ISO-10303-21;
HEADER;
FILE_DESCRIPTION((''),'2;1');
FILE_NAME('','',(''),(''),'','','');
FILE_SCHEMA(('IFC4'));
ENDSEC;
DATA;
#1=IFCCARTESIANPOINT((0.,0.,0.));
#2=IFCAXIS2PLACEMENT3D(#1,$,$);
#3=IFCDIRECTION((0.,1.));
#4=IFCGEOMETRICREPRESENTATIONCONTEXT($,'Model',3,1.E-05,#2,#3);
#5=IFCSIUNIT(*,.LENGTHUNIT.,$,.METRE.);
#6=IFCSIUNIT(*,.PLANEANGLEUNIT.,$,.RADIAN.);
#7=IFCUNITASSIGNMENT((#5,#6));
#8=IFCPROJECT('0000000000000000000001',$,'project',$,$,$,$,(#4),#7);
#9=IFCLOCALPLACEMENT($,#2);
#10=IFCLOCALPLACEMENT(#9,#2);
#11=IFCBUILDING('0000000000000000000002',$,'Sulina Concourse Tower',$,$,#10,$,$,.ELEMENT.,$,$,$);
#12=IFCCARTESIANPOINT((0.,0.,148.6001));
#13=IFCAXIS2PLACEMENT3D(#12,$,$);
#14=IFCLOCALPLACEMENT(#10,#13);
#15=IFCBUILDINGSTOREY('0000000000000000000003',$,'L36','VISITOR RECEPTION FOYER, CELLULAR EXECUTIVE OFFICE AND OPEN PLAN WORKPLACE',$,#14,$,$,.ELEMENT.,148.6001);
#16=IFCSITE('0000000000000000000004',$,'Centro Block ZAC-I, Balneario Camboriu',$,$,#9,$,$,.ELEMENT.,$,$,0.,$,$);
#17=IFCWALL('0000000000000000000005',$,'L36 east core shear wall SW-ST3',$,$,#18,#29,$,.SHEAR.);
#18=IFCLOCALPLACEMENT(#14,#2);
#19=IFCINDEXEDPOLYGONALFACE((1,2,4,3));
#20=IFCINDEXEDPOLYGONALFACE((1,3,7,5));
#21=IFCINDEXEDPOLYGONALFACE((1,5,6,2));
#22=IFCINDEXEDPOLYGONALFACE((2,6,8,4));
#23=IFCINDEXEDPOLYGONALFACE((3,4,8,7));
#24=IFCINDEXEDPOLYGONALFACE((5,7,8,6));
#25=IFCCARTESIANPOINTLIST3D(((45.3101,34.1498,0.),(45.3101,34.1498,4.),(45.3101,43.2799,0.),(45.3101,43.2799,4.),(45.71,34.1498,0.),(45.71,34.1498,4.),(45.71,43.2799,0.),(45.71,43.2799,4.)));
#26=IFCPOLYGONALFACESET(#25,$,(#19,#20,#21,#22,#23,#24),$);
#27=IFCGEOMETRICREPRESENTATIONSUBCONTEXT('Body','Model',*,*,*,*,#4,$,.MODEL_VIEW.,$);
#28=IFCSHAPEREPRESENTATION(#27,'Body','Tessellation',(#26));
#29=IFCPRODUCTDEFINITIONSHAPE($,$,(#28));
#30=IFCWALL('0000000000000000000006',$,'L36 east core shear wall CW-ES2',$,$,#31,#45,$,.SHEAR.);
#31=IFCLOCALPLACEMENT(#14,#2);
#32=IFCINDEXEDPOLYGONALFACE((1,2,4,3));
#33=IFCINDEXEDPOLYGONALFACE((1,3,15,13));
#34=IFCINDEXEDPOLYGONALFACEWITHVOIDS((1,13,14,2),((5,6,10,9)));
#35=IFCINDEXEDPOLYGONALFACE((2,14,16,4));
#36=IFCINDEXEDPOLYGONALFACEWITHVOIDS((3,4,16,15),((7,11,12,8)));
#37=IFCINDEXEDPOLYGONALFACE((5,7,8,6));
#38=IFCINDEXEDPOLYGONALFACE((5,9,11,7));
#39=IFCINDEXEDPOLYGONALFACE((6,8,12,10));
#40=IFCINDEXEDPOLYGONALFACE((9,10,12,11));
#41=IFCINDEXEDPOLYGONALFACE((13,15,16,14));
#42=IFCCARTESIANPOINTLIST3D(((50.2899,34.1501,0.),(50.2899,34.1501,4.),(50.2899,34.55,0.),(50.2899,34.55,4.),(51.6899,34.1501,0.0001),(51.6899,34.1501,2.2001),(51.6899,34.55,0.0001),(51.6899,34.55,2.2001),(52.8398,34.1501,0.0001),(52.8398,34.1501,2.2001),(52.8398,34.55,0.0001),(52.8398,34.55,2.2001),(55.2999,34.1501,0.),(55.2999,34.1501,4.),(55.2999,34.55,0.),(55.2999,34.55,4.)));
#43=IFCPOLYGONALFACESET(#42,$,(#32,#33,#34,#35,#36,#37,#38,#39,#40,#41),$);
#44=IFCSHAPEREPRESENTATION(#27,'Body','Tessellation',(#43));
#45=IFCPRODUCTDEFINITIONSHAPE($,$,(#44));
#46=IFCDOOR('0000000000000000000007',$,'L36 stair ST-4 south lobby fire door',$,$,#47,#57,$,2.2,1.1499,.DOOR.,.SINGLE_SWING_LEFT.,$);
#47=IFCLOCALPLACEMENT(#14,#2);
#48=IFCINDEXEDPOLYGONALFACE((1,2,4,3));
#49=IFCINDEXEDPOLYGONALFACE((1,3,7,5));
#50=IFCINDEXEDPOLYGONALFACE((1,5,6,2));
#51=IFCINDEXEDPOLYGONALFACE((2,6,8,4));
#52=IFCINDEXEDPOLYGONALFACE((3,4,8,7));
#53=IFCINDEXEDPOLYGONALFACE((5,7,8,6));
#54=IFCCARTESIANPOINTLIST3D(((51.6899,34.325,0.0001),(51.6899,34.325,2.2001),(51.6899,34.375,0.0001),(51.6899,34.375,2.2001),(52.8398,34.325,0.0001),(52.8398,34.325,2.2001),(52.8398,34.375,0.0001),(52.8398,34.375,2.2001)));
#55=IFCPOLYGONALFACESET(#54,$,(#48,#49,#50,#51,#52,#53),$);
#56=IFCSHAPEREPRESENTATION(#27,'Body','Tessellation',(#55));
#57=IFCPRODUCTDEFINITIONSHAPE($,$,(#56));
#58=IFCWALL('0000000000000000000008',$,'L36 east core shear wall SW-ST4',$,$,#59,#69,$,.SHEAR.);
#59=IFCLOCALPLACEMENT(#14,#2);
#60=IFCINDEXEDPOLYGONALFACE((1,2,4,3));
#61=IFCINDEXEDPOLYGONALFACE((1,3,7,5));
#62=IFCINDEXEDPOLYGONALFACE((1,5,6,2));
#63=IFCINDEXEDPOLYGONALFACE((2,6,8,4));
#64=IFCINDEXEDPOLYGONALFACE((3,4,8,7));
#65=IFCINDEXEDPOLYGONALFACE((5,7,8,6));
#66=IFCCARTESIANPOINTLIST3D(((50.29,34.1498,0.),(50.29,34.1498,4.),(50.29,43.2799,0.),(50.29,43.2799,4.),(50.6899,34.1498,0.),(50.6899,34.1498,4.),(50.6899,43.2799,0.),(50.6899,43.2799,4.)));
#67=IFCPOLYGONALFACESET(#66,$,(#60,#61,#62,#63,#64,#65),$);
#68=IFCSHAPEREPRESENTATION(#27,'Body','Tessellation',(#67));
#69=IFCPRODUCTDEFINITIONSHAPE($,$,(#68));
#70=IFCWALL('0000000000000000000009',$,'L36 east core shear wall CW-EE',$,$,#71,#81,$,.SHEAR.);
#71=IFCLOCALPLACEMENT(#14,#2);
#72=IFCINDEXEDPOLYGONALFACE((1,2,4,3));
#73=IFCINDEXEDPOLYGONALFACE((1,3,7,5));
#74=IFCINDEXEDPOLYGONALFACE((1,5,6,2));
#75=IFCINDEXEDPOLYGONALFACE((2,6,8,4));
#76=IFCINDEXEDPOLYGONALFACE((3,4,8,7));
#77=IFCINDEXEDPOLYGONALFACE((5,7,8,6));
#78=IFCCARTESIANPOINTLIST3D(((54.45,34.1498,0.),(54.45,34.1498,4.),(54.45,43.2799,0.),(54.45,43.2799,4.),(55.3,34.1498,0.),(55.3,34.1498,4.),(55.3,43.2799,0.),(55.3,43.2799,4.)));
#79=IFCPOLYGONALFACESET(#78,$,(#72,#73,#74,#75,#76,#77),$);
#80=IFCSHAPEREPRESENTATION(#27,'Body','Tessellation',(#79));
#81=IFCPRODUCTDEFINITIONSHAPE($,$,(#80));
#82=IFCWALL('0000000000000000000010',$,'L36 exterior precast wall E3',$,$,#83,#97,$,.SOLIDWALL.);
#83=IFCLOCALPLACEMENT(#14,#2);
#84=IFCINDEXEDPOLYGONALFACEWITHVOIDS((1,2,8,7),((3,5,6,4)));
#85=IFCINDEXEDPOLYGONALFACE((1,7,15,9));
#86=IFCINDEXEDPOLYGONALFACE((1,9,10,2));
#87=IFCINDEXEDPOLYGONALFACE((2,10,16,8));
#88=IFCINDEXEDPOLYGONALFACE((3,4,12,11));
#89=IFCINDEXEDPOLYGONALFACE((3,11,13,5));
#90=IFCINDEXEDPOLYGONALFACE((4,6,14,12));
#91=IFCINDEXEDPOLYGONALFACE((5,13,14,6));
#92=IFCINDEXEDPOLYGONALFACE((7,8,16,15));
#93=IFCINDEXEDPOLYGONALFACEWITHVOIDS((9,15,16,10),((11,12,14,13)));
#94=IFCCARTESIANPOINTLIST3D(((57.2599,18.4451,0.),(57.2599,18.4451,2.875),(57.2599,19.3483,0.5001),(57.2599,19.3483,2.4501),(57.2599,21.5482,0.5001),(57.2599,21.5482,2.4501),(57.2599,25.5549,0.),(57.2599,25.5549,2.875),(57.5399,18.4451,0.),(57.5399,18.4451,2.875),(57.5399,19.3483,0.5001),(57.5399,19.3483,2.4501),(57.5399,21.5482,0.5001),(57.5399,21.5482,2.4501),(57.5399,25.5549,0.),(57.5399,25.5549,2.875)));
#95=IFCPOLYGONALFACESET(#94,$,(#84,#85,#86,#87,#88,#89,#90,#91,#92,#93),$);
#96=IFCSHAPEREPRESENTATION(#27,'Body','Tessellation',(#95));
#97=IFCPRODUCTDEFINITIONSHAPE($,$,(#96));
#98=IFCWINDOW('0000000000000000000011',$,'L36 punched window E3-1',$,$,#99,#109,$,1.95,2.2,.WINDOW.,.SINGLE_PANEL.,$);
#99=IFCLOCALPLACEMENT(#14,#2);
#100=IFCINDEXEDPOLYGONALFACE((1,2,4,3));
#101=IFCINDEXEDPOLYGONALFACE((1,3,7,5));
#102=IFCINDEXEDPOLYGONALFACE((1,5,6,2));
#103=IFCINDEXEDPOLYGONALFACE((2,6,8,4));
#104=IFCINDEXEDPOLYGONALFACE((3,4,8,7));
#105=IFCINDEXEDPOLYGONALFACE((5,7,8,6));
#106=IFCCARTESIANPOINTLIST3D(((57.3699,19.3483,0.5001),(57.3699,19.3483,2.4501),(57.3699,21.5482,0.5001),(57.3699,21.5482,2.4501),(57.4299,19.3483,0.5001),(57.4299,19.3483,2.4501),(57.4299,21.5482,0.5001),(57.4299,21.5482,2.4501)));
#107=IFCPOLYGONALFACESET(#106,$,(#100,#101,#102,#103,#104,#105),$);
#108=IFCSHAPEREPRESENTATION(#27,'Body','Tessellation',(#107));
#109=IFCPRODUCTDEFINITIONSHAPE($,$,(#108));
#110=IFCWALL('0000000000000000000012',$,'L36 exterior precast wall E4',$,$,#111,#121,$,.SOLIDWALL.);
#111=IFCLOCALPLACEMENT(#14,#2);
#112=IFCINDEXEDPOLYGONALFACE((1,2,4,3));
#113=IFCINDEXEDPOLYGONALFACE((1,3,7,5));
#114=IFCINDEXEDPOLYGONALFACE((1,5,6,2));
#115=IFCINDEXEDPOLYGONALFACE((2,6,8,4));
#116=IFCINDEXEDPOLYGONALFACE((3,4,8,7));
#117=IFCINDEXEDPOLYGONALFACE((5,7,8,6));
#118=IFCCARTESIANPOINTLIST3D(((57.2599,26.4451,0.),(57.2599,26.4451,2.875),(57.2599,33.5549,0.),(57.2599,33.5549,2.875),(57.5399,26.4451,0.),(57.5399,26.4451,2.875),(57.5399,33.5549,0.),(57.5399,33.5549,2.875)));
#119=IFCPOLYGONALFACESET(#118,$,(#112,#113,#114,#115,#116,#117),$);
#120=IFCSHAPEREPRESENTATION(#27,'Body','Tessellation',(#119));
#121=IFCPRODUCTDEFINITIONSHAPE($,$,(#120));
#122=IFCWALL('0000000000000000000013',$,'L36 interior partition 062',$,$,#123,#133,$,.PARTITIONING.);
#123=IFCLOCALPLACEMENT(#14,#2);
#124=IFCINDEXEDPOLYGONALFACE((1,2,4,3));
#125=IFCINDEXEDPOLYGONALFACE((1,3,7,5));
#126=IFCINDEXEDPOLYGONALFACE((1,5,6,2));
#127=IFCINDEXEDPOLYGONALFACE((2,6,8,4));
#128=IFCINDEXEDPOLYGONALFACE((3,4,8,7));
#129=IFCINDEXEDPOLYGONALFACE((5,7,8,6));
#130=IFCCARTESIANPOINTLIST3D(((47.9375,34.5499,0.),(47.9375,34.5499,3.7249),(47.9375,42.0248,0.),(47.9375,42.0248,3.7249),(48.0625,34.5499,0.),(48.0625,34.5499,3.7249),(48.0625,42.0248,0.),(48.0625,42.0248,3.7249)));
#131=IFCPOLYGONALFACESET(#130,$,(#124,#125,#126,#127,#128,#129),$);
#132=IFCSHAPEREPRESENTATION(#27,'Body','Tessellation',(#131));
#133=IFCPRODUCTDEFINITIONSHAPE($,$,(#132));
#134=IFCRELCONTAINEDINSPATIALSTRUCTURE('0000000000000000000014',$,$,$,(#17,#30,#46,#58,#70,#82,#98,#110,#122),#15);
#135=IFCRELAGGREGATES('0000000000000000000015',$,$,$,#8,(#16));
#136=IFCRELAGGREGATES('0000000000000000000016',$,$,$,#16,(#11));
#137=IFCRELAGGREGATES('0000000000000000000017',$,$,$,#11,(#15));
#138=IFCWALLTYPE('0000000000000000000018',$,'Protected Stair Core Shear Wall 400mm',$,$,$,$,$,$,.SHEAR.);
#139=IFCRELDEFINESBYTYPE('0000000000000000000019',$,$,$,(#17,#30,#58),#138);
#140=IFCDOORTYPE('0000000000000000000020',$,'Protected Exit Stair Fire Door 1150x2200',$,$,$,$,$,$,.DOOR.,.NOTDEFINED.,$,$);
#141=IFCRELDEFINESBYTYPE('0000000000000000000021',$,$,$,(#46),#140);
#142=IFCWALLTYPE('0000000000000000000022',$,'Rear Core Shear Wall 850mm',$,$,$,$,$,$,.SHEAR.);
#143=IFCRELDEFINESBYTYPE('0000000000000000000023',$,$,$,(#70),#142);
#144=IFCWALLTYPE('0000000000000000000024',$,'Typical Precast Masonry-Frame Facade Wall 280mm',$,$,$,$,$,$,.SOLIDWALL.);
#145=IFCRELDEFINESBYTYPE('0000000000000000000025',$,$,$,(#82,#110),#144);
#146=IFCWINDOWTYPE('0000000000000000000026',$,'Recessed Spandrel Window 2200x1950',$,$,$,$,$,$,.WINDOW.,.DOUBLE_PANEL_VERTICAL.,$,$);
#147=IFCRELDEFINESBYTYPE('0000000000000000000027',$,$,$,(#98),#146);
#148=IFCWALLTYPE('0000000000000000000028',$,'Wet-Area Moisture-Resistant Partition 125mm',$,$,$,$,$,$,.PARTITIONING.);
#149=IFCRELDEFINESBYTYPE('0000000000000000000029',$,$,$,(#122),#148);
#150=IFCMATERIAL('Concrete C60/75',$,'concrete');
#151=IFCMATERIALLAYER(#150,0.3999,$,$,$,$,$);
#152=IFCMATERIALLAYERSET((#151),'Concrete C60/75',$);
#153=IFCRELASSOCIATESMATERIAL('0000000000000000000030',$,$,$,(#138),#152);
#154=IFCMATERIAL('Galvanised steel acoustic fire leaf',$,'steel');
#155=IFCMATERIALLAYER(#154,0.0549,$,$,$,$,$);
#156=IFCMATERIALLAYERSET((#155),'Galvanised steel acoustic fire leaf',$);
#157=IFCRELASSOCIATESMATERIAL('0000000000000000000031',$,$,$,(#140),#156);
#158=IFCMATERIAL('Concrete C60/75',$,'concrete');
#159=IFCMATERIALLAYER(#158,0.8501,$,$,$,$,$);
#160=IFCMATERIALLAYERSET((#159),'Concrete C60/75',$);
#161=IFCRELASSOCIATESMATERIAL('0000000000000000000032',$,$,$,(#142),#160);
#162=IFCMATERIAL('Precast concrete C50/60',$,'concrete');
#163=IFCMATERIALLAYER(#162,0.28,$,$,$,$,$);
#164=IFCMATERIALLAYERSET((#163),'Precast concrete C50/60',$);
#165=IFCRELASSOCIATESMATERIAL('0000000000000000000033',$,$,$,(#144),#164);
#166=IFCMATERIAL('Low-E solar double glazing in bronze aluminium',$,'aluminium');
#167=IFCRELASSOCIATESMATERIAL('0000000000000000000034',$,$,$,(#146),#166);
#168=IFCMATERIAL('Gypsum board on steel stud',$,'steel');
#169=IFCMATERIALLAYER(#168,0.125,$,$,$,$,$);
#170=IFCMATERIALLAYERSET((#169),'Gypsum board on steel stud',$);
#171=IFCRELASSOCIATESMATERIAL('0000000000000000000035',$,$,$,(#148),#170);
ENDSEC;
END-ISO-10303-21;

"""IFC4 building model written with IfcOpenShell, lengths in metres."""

from ifc_helpers import new_model, si_unit, direction, frame, frame_2d, origin, place, context, subcontext, project, spatial, rectangle, extrude, material, layer, layer_set, type_object, element, fill, save


model = new_model("IFC4")

# Units and contexts
model_context = context("Model", 3, precision=1e-05, world=origin(), true_north=direction((0.0, 1.0)))
body_context = subcontext(model_context, "Body", "Model", "MODEL_VIEW")
ifc_project = project(units=[si_unit("LENGTHUNIT", "METRE"), si_unit("PLANEANGLEUNIT", "RADIAN")], contexts=[model_context])

# Site, building, storey
site_placement = place(None, origin())
site = spatial("IfcSite", under=ifc_project, at=site_placement, Name="Centro Block ZAC-I, Balneario Camboriu", CompositionType="ELEMENT", RefElevation=0.0)
building_placement = place(site_placement, origin())
building = spatial("IfcBuilding", under=site, at=building_placement, Name="Sulina Concourse Tower", CompositionType="ELEMENT")
storey_placement = place(building_placement, frame((0.0, 0.0, 148.6001)))
storey = spatial("IfcBuildingStorey", under=building, at=storey_placement, Name="L36", Description="VISITOR RECEPTION FOYER, CELLULAR EXECUTIVE OFFICE AND OPEN PLAN WORKPLACE", CompositionType="ELEMENT", Elevation=148.6001)

# Wall
ifc_material_1 = material(Name="Concrete C60/75", Category="concrete")
ifc_layer_1 = layer(ifc_material_1, 0.3999)
ifc_layer_set_1 = layer_set([ifc_layer_1], Name="Concrete C60/75")
wall_type_1 = type_object("IfcWallType", Name="Protected Stair Core Shear Wall 400mm", PredefinedType="SHEAR", material=ifc_layer_set_1)
wall_1_placement = place(storey_placement, frame((45.51, 34.1499, 0.0), z_axis=(0.0, 0.0, 1.0), x_axis=(0.0, 1.0, 0.0)))
element("IfcWall", 1, at=wall_1_placement, inside=storey, type_object=wall_type_1, Name="L36 east core shear wall SW-ST3", PredefinedType="SHEAR", context=body_context, shape_type="SweptSolid", body=[
    extrude(rectangle(XDim=9.1301, YDim=0.3999, at=frame_2d((4.5649, 0.0))), origin(), (0.0, 0.0, 1.0), 4.0),
])

# Wall, opening, door
wall_2_placement = place(storey_placement, frame((50.29, 34.3501, 0.0), z_axis=(0.0, 0.0, 1.0), x_axis=(1.0, 0.0, 0.0)))
wall_2 = element("IfcWall", 2, at=wall_2_placement, inside=storey, type_object=wall_type_1, Name="L36 east core shear wall CW-ES2", PredefinedType="SHEAR", context=body_context, shape_type="SweptSolid", body=[
    extrude(rectangle(XDim=5.01, YDim=0.3999, at=frame_2d((2.5049, 0.0))), origin(), (0.0, 0.0, 1.0), 4.0),
])
opening_1_placement = place(wall_2_placement, frame((1.3999, 0.0, 0.0)))
opening_1 = element("IfcOpeningElement", 3, at=opening_1_placement, cuts=wall_2, PredefinedType="OPENING", context=body_context, shape_type="SweptSolid", body=[
    extrude(rectangle(XDim=1.1499, YDim=2.2, at=frame_2d((0.575, 1.1001))), frame((0.0, 0.21, 0.0), z_axis=(0.0, -1.0, 0.0), x_axis=(1.0, 0.0, 0.0)), (0.0, 0.0, 1.0), 0.4199),
])
ifc_material_2 = material(Name="Galvanised steel acoustic fire leaf", Category="steel")
ifc_layer_2 = layer(ifc_material_2, 0.0549)
ifc_layer_set_2 = layer_set([ifc_layer_2], Name="Galvanised steel acoustic fire leaf")
door_type_1 = type_object("IfcDoorType", Name="Protected Exit Stair Fire Door 1150x2200", OperationType="NOTDEFINED", PredefinedType="DOOR", material=ifc_layer_set_2)
door_1_placement = place(opening_1_placement, origin())
door_1 = element("IfcDoor", 4, at=door_1_placement, inside=storey, type_object=door_type_1, Name="L36 stair ST-4 south lobby fire door", OperationType="SINGLE_SWING_LEFT", OverallHeight=2.2, OverallWidth=1.1499, PredefinedType="DOOR", context=body_context, shape_type="SweptSolid", body=[
    extrude(rectangle(XDim=1.1499, YDim=2.2, at=frame_2d((0.575, 1.1001))), frame((0.0, 0.0249, 0.0), z_axis=(0.0, -1.0, 0.0), x_axis=(1.0, 0.0, 0.0)), (0.0, 0.0, 1.0), 0.05),
])
fill(opening_1, door_1)

# Walls
wall_3_placement = place(storey_placement, frame((50.49, 34.1499, 0.0), z_axis=(0.0, 0.0, 1.0), x_axis=(0.0, 1.0, 0.0)))
element("IfcWall", 5, at=wall_3_placement, inside=storey, type_object=wall_type_1, Name="L36 east core shear wall SW-ST4", PredefinedType="SHEAR", context=body_context, shape_type="SweptSolid", body=[
    extrude(rectangle(XDim=9.1301, YDim=0.3999, at=frame_2d((4.5649, 0.0))), origin(), (0.0, 0.0, 1.0), 4.0),
])
ifc_material_3 = material(Name="Concrete C60/75", Category="concrete")
ifc_layer_3 = layer(ifc_material_3, 0.8501)
ifc_layer_set_3 = layer_set([ifc_layer_3], Name="Concrete C60/75")
wall_type_2 = type_object("IfcWallType", Name="Rear Core Shear Wall 850mm", PredefinedType="SHEAR", material=ifc_layer_set_3)
wall_4_placement = place(storey_placement, frame((54.875, 34.1499, 0.0), z_axis=(0.0, 0.0, 1.0), x_axis=(0.0, 1.0, 0.0)))
element("IfcWall", 6, at=wall_4_placement, inside=storey, type_object=wall_type_2, Name="L36 east core shear wall CW-EE", PredefinedType="SHEAR", context=body_context, shape_type="SweptSolid", body=[
    extrude(rectangle(XDim=9.1301, YDim=0.8501, at=frame_2d((4.5649, 0.0))), origin(), (0.0, 0.0, 1.0), 4.0),
])

# Wall, opening, window
ifc_material_4 = material(Name="Precast concrete C50/60", Category="concrete")
ifc_layer_4 = layer(ifc_material_4, 0.28)
ifc_layer_set_4 = layer_set([ifc_layer_4], Name="Precast concrete C50/60")
wall_type_3 = type_object("IfcWallType", Name="Typical Precast Masonry-Frame Facade Wall 280mm", PredefinedType="SOLIDWALL", material=ifc_layer_set_4)
wall_5_placement = place(storey_placement, frame((57.3999, 25.5549, 0.0), z_axis=(0.0, 0.0, 1.0), x_axis=(0.0, -1.0, 0.0)))
wall_5 = element("IfcWall", 7, at=wall_5_placement, inside=storey, type_object=wall_type_3, Name="L36 exterior precast wall E3", PredefinedType="SOLIDWALL", context=body_context, shape_type="SweptSolid", body=[
    extrude(rectangle(XDim=7.1099, YDim=0.28, at=frame_2d((3.5549, 0.0))), origin(), (0.0, 0.0, 1.0), 2.875),
])
opening_2_placement = place(wall_5_placement, frame((4.0066, 0.0, 0.5)))
opening_2 = element("IfcOpeningElement", 8, at=opening_2_placement, cuts=wall_5, PredefinedType="OPENING", context=body_context, shape_type="SweptSolid", body=[
    extrude(rectangle(XDim=2.2, YDim=1.95, at=frame_2d((1.1001, 0.9751))), frame((0.0, 0.1499, 0.0), z_axis=(0.0, -1.0, 0.0), x_axis=(1.0, 0.0, 0.0)), (0.0, 0.0, 1.0), 0.3),
])
ifc_material_5 = material(Name="Low-E solar double glazing in bronze aluminium", Category="aluminium")
window_type = type_object("IfcWindowType", Name="Recessed Spandrel Window 2200x1950", PartitioningType="DOUBLE_PANEL_VERTICAL", PredefinedType="WINDOW", material=ifc_material_5)
window_placement = place(opening_2_placement, origin())
window = element("IfcWindow", 9, at=window_placement, inside=storey, type_object=window_type, Name="L36 punched window E3-1", OverallHeight=1.95, OverallWidth=2.2, PartitioningType="SINGLE_PANEL", PredefinedType="WINDOW", context=body_context, shape_type="SweptSolid", body=[
    extrude(rectangle(XDim=2.2, YDim=1.95, at=frame_2d((1.1001, 0.9751))), frame((0.0, 0.03, 0.0), z_axis=(0.0, -1.0, 0.0), x_axis=(1.0, 0.0, 0.0)), (0.0, 0.0, 1.0), 0.0601),
])
fill(opening_2, window)

# Walls
wall_6_placement = place(storey_placement, frame((57.3999, 33.5549, 0.0), z_axis=(0.0, 0.0, 1.0), x_axis=(0.0, -1.0, 0.0)))
element("IfcWall", 10, at=wall_6_placement, inside=storey, type_object=wall_type_3, Name="L36 exterior precast wall E4", PredefinedType="SOLIDWALL", context=body_context, shape_type="SweptSolid", body=[
    extrude(rectangle(XDim=7.1099, YDim=0.28, at=frame_2d((3.5549, 0.0))), origin(), (0.0, 0.0, 1.0), 2.875),
])
ifc_material_6 = material(Name="Gypsum board on steel stud", Category="steel")
ifc_layer_5 = layer(ifc_material_6, 0.125)
ifc_layer_set_5 = layer_set([ifc_layer_5], Name="Gypsum board on steel stud")
wall_type_4 = type_object("IfcWallType", Name="Wet-Area Moisture-Resistant Partition 125mm", PredefinedType="PARTITIONING", material=ifc_layer_set_5)
wall_7_placement = place(storey_placement, frame((48.0, 34.55, 0.0), z_axis=(0.0, 0.0, 1.0), x_axis=(0.0, 1.0, 0.0)))
element("IfcWall", 11, at=wall_7_placement, inside=storey, type_object=wall_type_4, Name="L36 interior partition 062", PredefinedType="PARTITIONING", context=body_context, shape_type="SweptSolid", body=[
    extrude(rectangle(XDim=7.4749, YDim=0.125, at=frame_2d((3.7373, 0.0))), origin(), (0.0, 0.0, 1.0), 3.7249),
])

save(model, "model.ifc")
